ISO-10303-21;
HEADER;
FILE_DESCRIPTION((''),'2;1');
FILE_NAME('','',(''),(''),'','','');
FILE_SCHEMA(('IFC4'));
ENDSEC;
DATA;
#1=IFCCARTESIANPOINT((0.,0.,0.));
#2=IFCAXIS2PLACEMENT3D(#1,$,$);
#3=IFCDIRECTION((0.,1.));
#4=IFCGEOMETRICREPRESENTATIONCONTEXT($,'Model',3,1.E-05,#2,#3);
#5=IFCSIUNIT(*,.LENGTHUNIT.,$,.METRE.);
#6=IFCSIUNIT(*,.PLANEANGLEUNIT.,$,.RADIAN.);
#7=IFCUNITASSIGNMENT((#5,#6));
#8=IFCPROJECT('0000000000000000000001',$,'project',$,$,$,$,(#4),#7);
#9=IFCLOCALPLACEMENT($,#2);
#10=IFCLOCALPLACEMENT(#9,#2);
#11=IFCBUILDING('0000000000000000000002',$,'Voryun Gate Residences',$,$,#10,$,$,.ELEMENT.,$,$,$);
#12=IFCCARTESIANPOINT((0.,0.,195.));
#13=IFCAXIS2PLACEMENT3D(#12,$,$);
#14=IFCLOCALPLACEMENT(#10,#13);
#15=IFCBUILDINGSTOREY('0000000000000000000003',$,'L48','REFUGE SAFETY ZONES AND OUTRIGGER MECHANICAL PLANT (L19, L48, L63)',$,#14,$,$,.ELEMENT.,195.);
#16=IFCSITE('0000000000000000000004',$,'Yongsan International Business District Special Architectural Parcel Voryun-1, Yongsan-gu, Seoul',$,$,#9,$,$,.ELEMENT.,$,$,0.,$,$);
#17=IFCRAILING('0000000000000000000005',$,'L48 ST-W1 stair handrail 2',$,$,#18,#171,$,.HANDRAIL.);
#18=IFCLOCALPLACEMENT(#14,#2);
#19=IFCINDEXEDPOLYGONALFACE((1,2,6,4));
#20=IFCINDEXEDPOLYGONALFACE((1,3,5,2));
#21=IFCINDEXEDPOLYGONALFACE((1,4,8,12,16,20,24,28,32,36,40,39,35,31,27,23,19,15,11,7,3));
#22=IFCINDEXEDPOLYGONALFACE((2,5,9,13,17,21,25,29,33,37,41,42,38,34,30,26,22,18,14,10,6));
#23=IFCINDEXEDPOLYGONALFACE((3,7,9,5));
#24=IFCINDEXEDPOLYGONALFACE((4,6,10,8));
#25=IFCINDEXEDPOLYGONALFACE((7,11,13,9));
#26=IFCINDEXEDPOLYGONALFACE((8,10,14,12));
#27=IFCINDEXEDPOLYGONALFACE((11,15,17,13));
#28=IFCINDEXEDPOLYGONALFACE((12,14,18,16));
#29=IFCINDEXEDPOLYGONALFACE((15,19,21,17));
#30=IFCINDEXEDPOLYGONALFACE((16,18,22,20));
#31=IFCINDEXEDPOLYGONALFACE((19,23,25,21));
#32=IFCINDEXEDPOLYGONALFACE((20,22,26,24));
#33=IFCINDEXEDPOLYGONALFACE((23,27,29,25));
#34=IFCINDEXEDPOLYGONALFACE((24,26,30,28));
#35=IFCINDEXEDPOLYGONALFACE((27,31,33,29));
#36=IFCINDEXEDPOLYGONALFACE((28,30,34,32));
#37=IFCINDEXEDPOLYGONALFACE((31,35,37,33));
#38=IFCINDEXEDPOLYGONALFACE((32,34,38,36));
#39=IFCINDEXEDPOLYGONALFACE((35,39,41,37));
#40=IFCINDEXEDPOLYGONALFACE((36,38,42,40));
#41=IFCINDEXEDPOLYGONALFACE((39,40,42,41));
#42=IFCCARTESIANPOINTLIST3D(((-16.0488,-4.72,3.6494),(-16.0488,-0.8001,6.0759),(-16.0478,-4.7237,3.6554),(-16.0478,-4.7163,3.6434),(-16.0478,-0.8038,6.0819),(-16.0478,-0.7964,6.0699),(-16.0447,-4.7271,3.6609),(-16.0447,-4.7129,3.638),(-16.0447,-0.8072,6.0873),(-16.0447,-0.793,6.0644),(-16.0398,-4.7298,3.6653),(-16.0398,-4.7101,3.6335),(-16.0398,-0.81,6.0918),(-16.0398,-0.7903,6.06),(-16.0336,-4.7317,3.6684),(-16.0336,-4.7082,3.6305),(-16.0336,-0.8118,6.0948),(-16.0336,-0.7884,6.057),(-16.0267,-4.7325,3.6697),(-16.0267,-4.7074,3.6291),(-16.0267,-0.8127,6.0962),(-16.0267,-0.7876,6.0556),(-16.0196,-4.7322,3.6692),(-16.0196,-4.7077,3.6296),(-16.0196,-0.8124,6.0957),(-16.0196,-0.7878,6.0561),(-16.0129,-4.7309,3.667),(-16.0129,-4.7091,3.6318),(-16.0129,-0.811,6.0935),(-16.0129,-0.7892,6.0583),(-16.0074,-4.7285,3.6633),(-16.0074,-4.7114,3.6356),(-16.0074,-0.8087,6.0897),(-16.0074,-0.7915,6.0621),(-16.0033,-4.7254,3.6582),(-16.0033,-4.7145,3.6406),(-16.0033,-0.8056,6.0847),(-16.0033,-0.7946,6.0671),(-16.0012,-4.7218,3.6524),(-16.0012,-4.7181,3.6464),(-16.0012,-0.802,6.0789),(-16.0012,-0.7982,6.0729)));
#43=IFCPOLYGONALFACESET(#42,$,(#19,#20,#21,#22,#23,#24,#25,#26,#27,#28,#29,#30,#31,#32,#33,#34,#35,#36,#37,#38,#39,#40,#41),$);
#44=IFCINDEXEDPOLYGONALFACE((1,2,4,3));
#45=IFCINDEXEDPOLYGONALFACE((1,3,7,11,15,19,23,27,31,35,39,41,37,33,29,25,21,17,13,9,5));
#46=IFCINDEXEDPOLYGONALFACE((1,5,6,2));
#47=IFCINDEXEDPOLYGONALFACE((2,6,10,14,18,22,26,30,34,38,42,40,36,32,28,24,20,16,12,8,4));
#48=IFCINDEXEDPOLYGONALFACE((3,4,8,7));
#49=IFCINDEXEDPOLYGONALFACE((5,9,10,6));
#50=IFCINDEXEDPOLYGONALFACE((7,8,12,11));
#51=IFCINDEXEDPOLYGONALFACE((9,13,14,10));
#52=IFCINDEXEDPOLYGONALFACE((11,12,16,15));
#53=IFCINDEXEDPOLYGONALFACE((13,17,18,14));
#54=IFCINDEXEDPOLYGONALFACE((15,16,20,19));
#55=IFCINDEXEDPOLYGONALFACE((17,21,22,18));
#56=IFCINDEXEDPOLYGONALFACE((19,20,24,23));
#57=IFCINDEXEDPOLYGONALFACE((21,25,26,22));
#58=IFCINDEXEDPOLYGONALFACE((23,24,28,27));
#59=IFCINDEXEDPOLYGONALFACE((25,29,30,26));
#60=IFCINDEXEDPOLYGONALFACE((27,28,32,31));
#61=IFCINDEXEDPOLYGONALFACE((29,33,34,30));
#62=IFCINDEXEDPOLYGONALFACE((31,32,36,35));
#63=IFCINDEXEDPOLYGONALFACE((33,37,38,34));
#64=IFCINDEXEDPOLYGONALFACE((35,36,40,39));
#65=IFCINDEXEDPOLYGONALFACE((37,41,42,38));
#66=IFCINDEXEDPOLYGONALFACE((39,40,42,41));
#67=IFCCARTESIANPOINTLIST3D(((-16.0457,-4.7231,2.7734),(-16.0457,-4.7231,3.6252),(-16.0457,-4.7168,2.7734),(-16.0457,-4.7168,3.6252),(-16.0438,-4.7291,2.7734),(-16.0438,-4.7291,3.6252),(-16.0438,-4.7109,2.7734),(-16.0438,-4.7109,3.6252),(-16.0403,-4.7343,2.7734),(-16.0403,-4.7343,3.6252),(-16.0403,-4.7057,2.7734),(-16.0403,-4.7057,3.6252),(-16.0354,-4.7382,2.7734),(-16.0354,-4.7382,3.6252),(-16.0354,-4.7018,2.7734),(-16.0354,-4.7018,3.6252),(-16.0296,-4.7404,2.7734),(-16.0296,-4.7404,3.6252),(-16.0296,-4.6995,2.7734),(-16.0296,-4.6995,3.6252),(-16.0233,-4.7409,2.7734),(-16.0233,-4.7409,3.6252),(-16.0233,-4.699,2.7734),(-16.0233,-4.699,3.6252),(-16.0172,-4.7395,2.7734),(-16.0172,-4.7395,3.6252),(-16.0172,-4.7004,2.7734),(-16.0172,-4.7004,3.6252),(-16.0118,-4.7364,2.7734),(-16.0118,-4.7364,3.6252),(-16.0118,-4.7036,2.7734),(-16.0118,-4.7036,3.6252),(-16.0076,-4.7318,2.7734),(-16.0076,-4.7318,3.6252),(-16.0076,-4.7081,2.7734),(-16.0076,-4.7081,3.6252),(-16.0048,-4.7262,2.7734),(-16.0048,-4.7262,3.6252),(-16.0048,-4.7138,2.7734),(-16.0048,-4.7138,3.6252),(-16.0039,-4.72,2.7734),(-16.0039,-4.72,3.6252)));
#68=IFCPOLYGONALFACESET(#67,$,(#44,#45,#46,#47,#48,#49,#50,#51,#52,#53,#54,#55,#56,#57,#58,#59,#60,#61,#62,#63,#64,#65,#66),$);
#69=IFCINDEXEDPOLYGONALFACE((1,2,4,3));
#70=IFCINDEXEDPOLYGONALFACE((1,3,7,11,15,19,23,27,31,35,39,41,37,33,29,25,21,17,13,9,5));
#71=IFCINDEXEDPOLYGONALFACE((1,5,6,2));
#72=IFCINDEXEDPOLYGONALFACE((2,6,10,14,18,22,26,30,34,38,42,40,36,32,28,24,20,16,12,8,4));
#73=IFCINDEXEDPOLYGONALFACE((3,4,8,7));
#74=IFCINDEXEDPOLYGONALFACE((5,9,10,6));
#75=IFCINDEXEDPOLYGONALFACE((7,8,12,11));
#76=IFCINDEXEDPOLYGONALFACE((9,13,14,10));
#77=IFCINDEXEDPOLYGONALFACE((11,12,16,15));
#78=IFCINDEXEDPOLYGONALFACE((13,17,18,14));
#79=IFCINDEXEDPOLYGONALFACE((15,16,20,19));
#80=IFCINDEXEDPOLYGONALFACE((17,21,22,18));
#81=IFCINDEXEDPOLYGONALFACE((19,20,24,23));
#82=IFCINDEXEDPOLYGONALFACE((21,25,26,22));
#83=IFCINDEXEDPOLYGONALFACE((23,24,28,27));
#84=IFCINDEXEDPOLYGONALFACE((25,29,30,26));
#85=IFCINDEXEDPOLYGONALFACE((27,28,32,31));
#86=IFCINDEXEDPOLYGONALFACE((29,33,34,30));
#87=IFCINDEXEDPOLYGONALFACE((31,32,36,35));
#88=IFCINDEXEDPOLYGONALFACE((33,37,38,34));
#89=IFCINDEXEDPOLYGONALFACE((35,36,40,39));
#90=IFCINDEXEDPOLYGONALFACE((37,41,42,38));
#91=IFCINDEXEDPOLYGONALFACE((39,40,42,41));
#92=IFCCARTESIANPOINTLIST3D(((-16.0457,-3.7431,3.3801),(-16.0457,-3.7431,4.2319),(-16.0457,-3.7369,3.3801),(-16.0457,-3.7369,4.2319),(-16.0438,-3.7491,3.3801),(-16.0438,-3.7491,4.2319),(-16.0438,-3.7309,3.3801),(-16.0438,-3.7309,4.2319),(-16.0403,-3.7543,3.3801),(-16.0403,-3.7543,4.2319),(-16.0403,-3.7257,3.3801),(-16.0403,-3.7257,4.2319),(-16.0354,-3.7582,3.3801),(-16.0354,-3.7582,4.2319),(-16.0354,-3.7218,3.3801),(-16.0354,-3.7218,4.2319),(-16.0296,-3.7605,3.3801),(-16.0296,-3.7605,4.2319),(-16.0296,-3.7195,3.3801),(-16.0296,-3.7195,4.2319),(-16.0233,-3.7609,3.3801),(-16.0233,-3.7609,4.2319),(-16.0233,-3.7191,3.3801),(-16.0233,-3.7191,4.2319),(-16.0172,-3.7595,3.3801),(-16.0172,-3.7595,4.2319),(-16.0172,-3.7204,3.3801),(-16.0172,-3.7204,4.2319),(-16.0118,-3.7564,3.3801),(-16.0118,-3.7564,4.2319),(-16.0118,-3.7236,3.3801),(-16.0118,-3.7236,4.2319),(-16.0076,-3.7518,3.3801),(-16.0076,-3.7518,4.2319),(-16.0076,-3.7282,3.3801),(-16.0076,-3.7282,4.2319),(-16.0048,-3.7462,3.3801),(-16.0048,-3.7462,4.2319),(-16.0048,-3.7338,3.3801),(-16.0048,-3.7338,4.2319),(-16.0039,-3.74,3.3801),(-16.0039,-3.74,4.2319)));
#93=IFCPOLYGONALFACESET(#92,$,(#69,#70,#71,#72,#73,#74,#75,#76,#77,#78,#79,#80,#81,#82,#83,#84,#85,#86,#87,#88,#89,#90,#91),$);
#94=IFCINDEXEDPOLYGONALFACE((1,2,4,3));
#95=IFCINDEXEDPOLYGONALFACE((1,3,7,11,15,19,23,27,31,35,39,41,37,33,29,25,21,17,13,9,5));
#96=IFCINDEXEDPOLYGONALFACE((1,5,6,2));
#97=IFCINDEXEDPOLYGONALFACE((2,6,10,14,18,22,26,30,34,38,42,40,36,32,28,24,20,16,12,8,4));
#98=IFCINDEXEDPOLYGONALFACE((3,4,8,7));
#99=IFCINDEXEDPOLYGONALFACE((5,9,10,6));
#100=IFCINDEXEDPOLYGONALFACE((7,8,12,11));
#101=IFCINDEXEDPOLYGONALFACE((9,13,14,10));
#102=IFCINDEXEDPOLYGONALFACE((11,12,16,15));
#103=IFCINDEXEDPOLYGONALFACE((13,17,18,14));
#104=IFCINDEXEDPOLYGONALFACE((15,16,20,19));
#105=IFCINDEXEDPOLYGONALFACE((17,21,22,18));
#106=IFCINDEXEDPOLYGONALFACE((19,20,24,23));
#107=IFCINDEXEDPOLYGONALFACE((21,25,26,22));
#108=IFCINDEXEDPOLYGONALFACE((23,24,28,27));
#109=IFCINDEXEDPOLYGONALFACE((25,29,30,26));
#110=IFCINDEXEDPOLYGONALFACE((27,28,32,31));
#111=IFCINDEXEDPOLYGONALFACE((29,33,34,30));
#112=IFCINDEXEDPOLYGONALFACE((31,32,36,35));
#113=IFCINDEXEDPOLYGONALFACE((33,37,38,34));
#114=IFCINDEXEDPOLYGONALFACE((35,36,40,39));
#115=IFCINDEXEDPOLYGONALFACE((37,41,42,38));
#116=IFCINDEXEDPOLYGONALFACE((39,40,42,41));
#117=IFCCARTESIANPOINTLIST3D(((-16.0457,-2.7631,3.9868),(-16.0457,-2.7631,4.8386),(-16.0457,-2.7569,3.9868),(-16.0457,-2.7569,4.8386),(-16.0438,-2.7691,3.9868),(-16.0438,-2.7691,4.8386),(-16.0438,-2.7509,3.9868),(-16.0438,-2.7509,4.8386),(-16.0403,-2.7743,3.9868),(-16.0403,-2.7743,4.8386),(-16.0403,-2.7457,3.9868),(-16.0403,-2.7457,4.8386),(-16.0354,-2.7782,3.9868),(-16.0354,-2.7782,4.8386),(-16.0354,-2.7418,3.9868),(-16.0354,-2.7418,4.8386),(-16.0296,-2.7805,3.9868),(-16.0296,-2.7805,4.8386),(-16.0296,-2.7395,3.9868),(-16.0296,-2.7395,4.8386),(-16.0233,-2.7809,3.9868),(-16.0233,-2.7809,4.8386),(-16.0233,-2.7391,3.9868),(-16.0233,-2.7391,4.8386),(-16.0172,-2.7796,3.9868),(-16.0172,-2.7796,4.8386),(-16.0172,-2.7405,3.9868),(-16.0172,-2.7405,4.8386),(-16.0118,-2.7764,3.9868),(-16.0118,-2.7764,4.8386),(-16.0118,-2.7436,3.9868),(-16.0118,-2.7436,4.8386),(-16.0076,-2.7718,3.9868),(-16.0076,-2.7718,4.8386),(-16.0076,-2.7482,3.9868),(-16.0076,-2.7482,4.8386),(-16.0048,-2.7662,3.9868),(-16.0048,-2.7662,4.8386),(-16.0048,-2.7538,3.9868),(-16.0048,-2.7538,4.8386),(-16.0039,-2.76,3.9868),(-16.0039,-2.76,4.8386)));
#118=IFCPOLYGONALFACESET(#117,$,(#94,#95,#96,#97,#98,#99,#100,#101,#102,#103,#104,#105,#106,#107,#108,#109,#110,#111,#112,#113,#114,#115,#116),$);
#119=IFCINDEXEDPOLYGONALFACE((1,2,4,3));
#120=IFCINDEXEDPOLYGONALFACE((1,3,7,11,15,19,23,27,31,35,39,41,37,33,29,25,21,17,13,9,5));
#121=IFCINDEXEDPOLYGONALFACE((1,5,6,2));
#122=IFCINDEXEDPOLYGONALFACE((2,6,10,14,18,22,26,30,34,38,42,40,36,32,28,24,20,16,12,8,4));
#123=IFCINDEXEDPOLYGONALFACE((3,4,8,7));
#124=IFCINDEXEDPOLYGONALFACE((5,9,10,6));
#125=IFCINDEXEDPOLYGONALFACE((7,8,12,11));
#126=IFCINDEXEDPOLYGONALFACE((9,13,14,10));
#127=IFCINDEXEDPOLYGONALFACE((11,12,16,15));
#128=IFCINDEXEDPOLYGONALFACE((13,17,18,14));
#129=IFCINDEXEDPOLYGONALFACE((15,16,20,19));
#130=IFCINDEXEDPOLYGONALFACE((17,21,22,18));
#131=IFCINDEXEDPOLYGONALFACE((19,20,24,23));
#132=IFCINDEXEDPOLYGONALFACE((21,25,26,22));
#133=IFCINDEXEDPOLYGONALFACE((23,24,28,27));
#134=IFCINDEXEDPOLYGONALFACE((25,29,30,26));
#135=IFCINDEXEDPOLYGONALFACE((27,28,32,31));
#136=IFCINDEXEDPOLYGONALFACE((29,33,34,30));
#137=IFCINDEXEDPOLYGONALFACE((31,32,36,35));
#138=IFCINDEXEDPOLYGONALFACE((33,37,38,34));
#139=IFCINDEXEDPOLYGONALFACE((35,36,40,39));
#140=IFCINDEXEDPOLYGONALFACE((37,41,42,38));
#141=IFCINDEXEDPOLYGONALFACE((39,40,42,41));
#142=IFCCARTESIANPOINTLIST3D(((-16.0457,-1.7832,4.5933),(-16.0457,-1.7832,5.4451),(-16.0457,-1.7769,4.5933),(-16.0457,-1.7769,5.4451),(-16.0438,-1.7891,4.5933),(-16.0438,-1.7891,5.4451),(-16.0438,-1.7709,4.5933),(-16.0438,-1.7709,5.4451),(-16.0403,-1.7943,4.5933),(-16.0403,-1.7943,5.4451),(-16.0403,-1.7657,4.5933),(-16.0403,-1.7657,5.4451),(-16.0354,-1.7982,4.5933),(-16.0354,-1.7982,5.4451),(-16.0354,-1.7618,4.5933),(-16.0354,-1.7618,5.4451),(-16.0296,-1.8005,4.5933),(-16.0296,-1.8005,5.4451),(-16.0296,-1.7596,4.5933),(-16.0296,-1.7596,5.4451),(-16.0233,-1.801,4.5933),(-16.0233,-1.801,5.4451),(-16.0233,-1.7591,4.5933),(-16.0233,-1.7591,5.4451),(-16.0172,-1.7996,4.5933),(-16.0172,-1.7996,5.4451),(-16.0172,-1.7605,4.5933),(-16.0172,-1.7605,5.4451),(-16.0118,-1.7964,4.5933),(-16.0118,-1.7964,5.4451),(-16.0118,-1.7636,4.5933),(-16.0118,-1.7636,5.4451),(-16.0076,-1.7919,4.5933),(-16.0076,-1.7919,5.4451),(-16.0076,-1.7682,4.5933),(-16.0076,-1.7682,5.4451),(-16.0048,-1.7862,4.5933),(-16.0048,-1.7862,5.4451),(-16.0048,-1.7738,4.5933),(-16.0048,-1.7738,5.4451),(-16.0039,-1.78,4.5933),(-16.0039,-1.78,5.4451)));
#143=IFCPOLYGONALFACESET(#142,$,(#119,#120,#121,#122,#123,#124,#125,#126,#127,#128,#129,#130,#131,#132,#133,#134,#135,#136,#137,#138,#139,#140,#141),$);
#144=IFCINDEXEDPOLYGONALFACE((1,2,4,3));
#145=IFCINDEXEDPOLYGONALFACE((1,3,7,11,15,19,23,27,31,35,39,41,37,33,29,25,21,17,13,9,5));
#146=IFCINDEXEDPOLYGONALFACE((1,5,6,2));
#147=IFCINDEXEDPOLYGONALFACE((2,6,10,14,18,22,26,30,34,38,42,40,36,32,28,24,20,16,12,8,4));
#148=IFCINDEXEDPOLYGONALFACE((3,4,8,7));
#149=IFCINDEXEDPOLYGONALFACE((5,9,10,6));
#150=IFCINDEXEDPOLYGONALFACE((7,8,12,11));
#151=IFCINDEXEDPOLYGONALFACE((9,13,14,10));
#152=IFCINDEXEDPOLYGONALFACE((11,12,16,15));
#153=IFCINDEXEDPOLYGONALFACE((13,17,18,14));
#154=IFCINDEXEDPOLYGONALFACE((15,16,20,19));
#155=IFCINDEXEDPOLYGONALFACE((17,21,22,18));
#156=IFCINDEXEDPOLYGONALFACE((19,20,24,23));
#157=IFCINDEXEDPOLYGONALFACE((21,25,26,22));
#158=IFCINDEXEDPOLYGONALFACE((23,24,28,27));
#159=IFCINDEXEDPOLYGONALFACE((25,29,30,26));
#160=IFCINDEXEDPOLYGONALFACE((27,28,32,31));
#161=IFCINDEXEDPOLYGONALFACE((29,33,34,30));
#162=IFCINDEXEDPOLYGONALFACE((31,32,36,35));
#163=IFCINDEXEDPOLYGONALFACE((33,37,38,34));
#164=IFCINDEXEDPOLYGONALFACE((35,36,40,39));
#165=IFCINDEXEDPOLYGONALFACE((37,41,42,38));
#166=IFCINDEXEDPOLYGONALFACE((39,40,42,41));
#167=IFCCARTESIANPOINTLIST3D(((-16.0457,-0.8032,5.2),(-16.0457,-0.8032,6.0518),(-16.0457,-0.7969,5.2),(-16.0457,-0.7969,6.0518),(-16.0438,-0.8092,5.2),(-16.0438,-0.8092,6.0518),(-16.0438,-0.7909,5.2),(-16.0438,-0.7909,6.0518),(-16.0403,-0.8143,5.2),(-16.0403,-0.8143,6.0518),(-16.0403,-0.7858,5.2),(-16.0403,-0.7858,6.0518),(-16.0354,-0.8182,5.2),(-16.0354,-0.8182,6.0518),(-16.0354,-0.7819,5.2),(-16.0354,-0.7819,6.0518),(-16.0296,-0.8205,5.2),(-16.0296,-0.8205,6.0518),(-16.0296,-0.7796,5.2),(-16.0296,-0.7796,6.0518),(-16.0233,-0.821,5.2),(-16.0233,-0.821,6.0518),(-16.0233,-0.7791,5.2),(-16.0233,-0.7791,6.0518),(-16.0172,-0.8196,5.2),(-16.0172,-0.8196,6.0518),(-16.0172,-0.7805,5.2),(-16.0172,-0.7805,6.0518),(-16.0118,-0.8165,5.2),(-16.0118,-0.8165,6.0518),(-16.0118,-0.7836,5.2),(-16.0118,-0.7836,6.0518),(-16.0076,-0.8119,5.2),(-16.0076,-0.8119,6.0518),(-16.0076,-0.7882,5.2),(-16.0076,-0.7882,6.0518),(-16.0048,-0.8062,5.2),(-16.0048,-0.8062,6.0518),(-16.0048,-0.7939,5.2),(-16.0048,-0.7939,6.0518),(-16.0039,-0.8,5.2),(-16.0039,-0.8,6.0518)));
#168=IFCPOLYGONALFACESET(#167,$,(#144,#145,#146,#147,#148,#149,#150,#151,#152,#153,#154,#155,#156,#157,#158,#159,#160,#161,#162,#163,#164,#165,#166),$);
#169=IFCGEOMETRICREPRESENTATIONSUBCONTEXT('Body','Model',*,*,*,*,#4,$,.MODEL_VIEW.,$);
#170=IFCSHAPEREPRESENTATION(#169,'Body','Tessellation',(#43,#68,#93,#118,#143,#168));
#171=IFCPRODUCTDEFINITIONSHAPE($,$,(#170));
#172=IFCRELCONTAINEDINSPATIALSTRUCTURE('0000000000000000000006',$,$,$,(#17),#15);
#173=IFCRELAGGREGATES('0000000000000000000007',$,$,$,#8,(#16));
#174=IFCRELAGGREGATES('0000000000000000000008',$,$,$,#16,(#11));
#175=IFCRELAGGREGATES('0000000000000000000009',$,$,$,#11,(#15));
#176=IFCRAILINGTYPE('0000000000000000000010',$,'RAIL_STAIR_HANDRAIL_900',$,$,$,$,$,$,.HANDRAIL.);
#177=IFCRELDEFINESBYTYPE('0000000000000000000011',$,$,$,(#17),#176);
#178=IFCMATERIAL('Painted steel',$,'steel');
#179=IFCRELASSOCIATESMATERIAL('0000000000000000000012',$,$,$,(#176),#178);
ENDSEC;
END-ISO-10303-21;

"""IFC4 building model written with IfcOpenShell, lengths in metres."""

from ifc_helpers import new_model, si_unit, direction, frame, origin, origin_2d, place, context, subcontext, project, spatial, circle, extrude, material, type_object, element, save


model = new_model("IFC4")

# Units and contexts
model_context = context("Model", 3, precision=1e-05, world=origin(), true_north=direction((0.0, 1.0)))
body_context = subcontext(model_context, "Body", "Model", "MODEL_VIEW")
ifc_project = project(units=[si_unit("LENGTHUNIT", "METRE"), si_unit("PLANEANGLEUNIT", "RADIAN")], contexts=[model_context])

# Site, building, storey
site_placement = place(None, origin())
site = spatial("IfcSite", under=ifc_project, at=site_placement, Name="Yongsan International Business District Special Architectural Parcel Voryun-1, Yongsan-gu, Seoul", CompositionType="ELEMENT", RefElevation=0.0)
building_placement = place(site_placement, origin())
building = spatial("IfcBuilding", under=site, at=building_placement, Name="Voryun Gate Residences", CompositionType="ELEMENT")
storey_placement = place(building_placement, frame((0.0, 0.0, 195.0)))
storey = spatial("IfcBuildingStorey", under=building, at=storey_placement, Name="L48", Description="REFUGE SAFETY ZONES AND OUTRIGGER MECHANICAL PLANT (L19, L48, L63)", CompositionType="ELEMENT", Elevation=195.0)

# Railing
ifc_material_1 = material(Name="Painted steel", Category="steel")
railing_type_1 = type_object("IfcRailingType", Name="RAIL_STAIR_HANDRAIL_900", PredefinedType="HANDRAIL", material=ifc_material_1)
railing_1_placement = place(storey_placement, frame((-16.0249, -4.72, 2.7734)))
element("IfcRailing", 1, at=railing_1_placement, inside=storey, type_object=railing_type_1, Name="L48 ST-W1 stair handrail 2", PredefinedType="HANDRAIL", context=body_context, shape_type="SweptSolid", body=[
    extrude(circle(Radius=0.0239, at=origin_2d()), frame((0.0, 0.0, 0.876), z_axis=(0.0, 0.850275, 0.526338), x_axis=(-1.0, 0.0, 0.0)), (0.0, 0.0, 1.0), 4.6101),
    extrude(circle(Radius=0.021, at=origin_2d()), origin(), (0.0, 0.0, 1.0), 0.8518),
    extrude(circle(Radius=0.021, at=origin_2d()), frame((0.0, 0.98, 0.6067)), (0.0, 0.0, 1.0), 0.8518),
    extrude(circle(Radius=0.021, at=origin_2d()), frame((0.0, 1.96, 1.2134)), (0.0, 0.0, 1.0), 0.8518),
    extrude(circle(Radius=0.021, at=origin_2d()), frame((0.0, 2.9399, 1.8198)), (0.0, 0.0, 1.0), 0.8518),
    extrude(circle(Radius=0.021, at=origin_2d()), frame((0.0, 3.9199, 2.4265)), (0.0, 0.0, 1.0), 0.8518),
])

save(model, "model.ifc")
